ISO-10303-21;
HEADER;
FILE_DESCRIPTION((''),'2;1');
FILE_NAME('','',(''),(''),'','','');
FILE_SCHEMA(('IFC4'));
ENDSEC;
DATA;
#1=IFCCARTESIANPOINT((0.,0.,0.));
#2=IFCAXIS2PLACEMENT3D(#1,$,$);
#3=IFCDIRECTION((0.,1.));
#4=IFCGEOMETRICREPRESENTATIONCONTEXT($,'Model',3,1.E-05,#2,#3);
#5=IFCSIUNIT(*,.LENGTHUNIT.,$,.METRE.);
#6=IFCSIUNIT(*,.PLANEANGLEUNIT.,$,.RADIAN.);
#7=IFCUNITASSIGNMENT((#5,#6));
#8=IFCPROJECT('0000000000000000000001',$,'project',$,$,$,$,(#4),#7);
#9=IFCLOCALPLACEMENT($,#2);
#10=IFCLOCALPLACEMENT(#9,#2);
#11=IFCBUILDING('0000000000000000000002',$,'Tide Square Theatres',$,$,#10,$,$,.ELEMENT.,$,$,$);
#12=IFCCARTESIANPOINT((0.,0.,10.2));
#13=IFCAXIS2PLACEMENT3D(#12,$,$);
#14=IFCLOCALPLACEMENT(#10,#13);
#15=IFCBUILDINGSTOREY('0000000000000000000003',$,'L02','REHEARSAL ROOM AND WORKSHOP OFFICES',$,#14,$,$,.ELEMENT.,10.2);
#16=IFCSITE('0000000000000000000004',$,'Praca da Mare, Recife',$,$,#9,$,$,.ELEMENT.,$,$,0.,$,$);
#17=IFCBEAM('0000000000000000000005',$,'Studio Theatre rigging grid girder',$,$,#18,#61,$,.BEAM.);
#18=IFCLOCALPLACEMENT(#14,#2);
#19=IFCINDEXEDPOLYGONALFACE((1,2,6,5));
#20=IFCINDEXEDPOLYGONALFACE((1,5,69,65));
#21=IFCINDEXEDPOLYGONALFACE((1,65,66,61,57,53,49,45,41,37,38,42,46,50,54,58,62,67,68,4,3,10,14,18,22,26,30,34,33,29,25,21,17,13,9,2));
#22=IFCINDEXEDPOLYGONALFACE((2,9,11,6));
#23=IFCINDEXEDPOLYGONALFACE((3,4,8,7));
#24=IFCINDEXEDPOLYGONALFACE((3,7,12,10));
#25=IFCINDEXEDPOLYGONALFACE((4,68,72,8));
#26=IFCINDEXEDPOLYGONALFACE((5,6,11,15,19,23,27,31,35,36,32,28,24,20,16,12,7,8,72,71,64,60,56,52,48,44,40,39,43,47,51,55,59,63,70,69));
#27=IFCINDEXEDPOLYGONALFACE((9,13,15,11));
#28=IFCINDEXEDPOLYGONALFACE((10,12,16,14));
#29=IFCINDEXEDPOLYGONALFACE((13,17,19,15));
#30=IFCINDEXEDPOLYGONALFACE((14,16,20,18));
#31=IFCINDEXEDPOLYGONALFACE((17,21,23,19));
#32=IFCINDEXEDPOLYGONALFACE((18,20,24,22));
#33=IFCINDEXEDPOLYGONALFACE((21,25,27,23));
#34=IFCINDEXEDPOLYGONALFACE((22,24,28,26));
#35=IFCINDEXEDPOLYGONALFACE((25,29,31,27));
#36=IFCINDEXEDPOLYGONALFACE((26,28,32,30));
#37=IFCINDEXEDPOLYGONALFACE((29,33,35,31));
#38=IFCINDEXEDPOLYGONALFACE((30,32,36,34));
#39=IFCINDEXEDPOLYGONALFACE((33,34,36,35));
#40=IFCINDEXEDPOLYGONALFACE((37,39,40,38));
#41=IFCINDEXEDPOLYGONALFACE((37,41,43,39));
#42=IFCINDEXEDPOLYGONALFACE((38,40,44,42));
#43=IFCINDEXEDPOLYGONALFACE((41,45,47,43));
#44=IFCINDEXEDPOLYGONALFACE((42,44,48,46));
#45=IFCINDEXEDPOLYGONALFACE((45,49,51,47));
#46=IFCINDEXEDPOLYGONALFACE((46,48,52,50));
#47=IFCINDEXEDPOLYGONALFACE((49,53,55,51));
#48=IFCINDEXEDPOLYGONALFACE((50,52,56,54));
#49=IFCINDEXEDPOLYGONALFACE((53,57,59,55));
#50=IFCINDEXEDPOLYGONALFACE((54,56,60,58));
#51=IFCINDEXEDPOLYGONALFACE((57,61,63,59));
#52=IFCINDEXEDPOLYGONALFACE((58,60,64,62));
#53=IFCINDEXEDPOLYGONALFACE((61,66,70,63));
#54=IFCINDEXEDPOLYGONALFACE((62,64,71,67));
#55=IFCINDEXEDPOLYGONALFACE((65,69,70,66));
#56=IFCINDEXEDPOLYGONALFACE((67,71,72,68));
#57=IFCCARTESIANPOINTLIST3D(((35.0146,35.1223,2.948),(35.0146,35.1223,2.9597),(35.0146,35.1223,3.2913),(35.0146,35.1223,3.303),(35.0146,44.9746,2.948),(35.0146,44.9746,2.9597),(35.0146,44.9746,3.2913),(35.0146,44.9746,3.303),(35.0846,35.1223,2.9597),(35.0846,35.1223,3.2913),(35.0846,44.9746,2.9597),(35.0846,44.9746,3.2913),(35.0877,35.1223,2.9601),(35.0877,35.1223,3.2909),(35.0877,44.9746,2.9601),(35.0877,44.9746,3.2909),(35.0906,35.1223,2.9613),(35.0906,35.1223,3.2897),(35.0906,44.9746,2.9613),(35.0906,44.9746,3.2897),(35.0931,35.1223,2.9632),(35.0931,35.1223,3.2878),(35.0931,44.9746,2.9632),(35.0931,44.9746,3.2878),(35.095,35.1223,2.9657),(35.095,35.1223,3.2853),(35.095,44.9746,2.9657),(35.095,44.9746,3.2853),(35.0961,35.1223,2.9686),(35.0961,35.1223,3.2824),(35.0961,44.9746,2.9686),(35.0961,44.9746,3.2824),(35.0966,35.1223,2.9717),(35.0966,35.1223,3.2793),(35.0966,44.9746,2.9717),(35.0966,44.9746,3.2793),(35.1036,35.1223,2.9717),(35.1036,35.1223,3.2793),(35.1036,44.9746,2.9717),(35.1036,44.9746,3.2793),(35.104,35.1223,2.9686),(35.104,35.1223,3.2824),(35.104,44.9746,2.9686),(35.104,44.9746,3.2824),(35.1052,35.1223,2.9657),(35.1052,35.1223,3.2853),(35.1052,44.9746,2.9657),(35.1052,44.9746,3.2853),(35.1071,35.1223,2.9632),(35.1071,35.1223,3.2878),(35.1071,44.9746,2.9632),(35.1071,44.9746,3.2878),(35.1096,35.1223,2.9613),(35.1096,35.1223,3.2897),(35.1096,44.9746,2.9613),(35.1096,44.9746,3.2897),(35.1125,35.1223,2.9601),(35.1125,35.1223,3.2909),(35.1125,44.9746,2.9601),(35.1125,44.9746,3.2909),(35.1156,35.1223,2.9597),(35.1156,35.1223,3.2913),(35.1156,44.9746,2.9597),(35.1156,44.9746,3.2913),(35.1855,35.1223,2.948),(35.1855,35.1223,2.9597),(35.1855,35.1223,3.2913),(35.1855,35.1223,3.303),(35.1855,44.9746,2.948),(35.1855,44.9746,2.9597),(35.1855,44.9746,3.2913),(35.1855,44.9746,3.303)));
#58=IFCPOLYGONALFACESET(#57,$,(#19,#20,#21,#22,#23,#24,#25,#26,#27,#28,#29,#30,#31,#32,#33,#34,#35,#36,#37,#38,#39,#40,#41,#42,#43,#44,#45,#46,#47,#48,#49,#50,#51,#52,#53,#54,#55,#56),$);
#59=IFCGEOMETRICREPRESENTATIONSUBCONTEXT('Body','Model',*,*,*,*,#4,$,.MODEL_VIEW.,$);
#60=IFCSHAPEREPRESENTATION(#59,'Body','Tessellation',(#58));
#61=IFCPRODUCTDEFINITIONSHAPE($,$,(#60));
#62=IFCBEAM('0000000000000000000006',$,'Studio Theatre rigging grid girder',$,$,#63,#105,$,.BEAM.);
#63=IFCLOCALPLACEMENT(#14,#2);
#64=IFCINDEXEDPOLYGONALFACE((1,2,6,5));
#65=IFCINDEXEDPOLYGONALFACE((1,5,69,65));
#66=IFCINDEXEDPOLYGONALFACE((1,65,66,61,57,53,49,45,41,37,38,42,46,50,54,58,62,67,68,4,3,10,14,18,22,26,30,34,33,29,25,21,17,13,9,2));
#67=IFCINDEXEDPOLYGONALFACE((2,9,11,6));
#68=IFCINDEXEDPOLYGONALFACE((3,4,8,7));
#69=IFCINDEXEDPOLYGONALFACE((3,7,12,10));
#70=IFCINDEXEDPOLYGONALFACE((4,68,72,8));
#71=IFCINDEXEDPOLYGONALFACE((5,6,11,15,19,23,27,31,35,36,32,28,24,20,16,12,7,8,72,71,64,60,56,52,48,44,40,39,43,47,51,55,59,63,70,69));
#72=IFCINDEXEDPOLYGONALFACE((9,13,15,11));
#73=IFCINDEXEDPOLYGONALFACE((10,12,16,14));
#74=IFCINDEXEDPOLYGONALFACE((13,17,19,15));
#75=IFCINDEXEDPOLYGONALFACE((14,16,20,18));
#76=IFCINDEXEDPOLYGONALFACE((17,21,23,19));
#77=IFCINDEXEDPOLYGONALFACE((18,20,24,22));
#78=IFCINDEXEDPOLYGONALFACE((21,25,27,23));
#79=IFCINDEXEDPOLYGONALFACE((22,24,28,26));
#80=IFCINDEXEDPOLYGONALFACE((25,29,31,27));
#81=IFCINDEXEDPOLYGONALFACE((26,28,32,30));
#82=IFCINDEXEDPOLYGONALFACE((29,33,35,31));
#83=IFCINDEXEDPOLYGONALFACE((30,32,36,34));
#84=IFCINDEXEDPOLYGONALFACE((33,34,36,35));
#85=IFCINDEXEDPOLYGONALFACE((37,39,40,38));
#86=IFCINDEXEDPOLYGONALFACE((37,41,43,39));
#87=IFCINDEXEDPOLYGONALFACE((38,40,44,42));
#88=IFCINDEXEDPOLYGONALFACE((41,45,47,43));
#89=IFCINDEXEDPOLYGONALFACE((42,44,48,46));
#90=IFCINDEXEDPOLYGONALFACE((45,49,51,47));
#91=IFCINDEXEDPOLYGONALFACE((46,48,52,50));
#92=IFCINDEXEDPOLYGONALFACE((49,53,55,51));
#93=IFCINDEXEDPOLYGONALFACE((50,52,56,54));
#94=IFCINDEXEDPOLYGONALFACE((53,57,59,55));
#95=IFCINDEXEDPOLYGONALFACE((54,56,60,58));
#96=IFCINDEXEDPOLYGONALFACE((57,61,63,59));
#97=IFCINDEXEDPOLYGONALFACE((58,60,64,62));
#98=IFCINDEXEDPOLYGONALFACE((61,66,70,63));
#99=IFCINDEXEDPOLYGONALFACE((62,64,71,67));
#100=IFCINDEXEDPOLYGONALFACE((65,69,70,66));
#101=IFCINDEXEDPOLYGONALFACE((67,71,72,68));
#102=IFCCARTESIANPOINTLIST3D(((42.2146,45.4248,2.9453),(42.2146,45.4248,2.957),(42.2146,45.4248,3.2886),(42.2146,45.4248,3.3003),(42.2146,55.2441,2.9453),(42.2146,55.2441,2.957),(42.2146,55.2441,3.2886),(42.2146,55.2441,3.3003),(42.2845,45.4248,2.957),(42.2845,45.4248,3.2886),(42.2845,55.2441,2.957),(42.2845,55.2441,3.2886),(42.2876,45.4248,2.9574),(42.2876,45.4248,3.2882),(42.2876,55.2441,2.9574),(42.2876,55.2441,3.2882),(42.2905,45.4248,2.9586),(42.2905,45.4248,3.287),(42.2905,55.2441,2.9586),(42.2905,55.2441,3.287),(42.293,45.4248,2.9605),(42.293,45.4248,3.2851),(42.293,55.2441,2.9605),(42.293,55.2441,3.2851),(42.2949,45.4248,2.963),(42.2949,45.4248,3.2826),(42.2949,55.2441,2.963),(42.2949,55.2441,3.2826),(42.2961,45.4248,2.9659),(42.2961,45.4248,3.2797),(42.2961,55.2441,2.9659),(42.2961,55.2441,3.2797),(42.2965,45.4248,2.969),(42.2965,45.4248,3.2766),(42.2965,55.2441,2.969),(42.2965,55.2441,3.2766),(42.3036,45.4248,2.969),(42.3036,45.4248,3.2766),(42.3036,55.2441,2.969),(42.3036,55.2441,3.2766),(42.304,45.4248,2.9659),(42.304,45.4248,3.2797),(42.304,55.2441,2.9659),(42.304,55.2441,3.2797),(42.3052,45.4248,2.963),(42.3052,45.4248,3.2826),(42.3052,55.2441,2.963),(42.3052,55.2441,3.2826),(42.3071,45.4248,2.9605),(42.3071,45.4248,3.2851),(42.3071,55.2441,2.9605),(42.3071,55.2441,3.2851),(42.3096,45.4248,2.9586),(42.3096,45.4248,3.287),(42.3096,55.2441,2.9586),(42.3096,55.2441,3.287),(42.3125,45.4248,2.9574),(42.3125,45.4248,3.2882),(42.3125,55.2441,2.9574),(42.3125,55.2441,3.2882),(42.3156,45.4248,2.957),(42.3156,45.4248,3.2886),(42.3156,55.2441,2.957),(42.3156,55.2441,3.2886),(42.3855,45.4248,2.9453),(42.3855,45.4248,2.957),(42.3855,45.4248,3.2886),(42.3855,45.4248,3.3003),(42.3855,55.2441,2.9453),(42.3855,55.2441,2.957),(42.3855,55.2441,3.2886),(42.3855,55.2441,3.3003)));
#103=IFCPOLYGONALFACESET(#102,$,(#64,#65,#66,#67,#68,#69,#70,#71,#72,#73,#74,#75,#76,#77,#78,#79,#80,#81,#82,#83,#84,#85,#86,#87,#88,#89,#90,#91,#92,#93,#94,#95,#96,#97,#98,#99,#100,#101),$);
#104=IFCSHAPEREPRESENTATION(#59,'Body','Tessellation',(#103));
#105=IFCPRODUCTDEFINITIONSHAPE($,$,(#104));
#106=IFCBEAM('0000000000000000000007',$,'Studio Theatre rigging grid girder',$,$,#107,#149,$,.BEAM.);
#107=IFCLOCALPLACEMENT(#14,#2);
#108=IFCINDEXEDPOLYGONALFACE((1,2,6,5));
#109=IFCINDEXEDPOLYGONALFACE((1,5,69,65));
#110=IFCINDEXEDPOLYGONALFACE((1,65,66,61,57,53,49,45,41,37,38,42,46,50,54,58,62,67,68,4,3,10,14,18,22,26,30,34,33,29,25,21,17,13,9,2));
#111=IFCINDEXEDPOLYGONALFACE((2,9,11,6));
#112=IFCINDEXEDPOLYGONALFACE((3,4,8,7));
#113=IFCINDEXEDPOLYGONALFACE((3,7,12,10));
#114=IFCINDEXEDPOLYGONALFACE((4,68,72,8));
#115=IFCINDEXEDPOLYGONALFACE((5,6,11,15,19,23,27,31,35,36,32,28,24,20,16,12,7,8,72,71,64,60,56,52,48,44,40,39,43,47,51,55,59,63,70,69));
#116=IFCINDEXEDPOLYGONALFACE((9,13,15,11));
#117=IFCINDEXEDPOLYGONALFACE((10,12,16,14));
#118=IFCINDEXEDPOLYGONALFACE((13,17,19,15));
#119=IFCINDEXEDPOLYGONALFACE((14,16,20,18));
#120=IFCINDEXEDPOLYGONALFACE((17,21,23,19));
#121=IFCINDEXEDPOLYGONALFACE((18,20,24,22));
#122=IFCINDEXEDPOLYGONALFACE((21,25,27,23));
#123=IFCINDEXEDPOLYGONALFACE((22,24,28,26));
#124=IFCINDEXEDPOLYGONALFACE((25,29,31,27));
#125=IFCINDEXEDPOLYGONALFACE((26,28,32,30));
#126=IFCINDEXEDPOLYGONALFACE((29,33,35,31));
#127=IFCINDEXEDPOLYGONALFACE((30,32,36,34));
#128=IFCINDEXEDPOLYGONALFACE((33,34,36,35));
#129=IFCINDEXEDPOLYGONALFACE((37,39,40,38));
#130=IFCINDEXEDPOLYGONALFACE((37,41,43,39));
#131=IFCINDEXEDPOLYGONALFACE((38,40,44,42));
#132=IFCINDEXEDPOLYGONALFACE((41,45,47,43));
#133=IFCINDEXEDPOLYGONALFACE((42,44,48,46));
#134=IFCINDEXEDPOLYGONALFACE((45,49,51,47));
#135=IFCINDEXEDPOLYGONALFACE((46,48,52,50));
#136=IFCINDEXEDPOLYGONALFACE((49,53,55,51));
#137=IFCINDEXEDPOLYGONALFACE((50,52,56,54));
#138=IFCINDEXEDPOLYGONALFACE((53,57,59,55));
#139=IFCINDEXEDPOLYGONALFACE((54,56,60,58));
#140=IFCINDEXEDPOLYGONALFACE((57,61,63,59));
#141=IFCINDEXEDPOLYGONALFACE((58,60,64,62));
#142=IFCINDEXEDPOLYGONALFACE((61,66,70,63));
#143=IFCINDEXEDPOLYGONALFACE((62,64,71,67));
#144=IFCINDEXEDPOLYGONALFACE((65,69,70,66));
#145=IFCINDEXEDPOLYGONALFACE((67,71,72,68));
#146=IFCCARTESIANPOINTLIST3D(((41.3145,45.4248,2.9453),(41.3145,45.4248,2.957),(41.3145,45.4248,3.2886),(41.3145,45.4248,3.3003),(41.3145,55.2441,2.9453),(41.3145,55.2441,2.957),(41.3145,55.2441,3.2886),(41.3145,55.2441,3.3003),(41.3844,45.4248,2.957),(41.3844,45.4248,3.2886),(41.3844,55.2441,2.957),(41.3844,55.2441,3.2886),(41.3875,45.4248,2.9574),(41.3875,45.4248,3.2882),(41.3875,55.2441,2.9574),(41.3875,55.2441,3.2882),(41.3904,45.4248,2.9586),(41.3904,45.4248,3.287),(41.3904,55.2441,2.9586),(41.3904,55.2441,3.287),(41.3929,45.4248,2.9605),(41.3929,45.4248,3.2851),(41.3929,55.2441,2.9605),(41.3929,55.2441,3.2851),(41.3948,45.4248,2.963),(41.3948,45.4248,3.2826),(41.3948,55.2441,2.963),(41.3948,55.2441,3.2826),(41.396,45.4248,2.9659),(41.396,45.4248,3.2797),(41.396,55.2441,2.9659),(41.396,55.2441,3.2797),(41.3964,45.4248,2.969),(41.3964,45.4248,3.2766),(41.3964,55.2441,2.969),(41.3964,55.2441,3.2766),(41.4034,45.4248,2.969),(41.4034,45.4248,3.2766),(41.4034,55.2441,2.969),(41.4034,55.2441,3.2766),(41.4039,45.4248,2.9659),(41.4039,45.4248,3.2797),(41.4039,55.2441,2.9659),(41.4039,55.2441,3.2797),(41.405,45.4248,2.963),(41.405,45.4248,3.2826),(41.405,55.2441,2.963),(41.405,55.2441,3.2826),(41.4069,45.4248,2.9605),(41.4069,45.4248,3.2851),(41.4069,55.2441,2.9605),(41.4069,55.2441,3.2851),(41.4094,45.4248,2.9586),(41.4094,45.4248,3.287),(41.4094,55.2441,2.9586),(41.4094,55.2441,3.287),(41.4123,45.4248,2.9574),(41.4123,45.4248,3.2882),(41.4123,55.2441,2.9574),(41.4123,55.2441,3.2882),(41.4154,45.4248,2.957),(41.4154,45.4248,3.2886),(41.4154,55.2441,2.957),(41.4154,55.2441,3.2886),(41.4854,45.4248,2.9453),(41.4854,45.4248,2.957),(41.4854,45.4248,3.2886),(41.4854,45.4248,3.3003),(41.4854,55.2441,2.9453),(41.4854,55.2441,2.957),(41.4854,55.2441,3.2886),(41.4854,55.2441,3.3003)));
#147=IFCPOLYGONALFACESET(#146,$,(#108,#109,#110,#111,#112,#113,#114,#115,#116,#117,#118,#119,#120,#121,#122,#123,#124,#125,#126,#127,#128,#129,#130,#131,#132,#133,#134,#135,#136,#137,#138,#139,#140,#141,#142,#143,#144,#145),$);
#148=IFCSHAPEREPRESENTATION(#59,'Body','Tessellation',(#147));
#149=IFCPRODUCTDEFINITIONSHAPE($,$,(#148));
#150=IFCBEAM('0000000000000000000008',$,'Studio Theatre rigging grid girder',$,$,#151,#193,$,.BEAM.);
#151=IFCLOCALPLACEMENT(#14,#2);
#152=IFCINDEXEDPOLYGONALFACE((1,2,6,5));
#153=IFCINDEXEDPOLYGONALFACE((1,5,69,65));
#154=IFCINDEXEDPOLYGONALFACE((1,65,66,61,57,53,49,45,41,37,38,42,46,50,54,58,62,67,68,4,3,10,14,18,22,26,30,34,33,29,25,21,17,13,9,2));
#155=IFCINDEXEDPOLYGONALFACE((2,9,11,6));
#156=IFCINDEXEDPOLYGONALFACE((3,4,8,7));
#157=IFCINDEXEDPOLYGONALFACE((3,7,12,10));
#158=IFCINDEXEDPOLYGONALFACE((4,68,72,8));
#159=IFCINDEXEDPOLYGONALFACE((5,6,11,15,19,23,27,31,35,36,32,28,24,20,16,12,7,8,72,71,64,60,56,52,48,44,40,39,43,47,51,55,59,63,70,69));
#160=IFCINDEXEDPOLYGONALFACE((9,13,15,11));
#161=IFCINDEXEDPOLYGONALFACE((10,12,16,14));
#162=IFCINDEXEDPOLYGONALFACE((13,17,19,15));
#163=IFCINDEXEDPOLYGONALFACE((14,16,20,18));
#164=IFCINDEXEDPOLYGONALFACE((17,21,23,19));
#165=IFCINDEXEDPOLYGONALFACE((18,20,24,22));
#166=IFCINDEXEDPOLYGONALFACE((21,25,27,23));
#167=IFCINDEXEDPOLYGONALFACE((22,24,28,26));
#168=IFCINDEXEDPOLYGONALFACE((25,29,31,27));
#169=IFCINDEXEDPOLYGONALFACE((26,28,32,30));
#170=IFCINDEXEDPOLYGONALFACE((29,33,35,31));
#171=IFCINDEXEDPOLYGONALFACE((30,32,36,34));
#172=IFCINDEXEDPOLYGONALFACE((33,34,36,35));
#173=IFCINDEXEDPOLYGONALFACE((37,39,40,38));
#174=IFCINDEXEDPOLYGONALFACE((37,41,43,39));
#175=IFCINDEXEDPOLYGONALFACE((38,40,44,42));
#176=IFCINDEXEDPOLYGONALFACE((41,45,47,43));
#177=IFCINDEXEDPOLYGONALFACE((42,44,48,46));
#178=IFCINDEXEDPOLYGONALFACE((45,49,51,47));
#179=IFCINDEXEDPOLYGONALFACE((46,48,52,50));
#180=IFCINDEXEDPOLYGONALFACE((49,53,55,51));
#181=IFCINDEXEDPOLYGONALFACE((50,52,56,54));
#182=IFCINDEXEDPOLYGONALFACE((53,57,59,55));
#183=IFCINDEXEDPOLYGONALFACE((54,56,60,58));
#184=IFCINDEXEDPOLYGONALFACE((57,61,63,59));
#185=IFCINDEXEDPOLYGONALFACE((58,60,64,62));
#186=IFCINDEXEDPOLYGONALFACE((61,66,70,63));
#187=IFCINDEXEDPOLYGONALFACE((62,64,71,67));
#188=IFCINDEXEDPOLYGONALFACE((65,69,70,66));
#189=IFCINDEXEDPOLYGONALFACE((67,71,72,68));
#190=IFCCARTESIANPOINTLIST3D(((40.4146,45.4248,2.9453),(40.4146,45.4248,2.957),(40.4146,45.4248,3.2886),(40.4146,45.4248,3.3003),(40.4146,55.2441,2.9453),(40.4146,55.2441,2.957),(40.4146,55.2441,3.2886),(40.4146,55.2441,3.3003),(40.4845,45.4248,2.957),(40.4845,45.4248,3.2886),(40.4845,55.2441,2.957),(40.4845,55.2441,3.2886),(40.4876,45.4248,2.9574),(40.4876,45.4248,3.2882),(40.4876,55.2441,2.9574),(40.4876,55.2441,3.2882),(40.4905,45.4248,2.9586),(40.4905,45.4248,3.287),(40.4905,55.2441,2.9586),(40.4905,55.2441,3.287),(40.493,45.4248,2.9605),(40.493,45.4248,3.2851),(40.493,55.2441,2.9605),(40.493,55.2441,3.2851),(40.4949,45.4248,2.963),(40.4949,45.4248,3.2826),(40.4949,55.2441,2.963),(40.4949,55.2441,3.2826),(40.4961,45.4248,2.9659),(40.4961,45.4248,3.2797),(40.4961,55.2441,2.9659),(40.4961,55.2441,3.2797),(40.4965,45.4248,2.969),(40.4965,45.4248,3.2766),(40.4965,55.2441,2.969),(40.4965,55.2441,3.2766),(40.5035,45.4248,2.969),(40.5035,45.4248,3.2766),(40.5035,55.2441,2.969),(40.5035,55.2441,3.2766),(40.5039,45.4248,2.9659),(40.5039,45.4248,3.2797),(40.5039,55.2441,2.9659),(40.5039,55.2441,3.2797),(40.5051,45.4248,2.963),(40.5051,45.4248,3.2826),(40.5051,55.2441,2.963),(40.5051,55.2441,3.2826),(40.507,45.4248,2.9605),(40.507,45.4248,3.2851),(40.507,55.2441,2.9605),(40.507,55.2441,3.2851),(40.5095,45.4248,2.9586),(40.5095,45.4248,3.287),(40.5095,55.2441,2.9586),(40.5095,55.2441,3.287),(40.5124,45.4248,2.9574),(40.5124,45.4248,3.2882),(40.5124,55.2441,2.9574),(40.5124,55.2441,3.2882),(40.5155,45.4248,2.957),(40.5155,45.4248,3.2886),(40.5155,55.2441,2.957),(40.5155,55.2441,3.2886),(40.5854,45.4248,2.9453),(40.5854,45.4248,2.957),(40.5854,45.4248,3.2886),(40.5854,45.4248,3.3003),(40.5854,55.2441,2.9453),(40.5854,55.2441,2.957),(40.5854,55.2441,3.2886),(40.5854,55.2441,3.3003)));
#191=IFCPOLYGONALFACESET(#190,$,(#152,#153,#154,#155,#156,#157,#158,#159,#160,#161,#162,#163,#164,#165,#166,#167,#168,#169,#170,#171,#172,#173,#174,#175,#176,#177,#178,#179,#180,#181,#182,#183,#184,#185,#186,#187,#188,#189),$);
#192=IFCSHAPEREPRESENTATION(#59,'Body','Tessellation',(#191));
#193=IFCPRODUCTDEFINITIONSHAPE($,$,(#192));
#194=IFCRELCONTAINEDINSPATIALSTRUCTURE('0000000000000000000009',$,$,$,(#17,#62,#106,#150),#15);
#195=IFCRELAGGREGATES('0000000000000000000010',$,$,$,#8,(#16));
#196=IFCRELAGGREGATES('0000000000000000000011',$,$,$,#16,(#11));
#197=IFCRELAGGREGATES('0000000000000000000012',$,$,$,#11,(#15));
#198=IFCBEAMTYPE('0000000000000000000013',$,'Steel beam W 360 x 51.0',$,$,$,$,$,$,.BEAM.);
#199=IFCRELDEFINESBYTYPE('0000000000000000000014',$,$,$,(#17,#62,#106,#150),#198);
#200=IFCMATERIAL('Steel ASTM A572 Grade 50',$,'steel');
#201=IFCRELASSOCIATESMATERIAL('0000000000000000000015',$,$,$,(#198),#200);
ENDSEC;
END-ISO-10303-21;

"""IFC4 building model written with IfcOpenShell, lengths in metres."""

from ifc_helpers import new_model, si_unit, direction, frame, origin, origin_2d, place, context, subcontext, project, spatial, i_section, extrude, material, material_profile, profile_set, type_object, element, save


model = new_model("IFC4")

# Units and contexts
model_context = context("Model", 3, precision=1e-05, world=origin(), true_north=direction((0.0, 1.0)))
body_context = subcontext(model_context, "Body", "Model", "MODEL_VIEW")
ifc_project = project(units=[si_unit("LENGTHUNIT", "METRE"), si_unit("PLANEANGLEUNIT", "RADIAN")], contexts=[model_context])

# Site, building, storey
site_placement = place(None, origin())
site = spatial("IfcSite", under=ifc_project, at=site_placement, Name="Praca da Mare, Recife", CompositionType="ELEMENT", RefElevation=0.0)
building_placement = place(site_placement, origin())
building = spatial("IfcBuilding", under=site, at=building_placement, Name="Tide Square Theatres", CompositionType="ELEMENT")
storey_placement = place(building_placement, frame((0.0, 0.0, 10.2)))
storey = spatial("IfcBuildingStorey", under=building, at=storey_placement, Name="L02", Description="REHEARSAL ROOM AND WORKSHOP OFFICES", CompositionType="ELEMENT", Elevation=10.2)

# Beams
ifc_material_1 = material(Name="Steel ASTM A572 Grade 50", Category="steel")
ifc_material_profile_1 = material_profile(ifc_material_1, i_section(OverallWidth=0.1709, OverallDepth=0.355, WebThickness=0.0071, FlangeThickness=0.0117, FilletRadius=0.012, at=origin_2d()))
ifc_profile_set_1 = profile_set([ifc_material_profile_1], Name="Steel ASTM A572 Grade 50")
beam_type_1 = type_object("IfcBeamType", Name="Steel beam W 360 x 51.0", PredefinedType="BEAM", material=ifc_profile_set_1)
for number, where, z_axis, x_axis, name in (
    (1, (35.1001, 35.1223, 3.1255), (0.0, 1.0, 0.0), (-1.0, 0.0, 0.0), "Studio Theatre rigging grid girder"),
):
    element("IfcBeam", number, at=place(storey_placement, frame(where, z_axis=z_axis, x_axis=x_axis)), inside=storey, type_object=beam_type_1, Name=name, PredefinedType="BEAM", context=body_context, shape_type="SweptSolid", body=[
        extrude(i_section(OverallWidth=0.1709, OverallDepth=0.355, WebThickness=0.0071, FlangeThickness=0.0117, FilletRadius=0.012, at=origin_2d()), origin(), (0.0, 0.0, 1.0), 9.8523),
    ])
for number, where, z_axis, x_axis, name in (
    (2, (42.3, 45.4248, 3.1228), (0.0, 1.0, 0.0), (-1.0, 0.0, 0.0), "Studio Theatre rigging grid girder"),
    (3, (41.3999, 45.4248, 3.1228), (0.0, 1.0, 0.0), (-1.0, 0.0, 0.0), "Studio Theatre rigging grid girder"),
    (4, (40.5, 45.4248, 3.1228), (0.0, 1.0, 0.0), (-1.0, 0.0, 0.0), "Studio Theatre rigging grid girder"),
):
    element("IfcBeam", number, at=place(storey_placement, frame(where, z_axis=z_axis, x_axis=x_axis)), inside=storey, type_object=beam_type_1, Name=name, PredefinedType="BEAM", context=body_context, shape_type="SweptSolid", body=[
        extrude(i_section(OverallWidth=0.1709, OverallDepth=0.355, WebThickness=0.0071, FlangeThickness=0.0117, FilletRadius=0.012, at=origin_2d()), origin(), (0.0, 0.0, 1.0), 9.8193),
    ])

save(model, "model.ifc")
